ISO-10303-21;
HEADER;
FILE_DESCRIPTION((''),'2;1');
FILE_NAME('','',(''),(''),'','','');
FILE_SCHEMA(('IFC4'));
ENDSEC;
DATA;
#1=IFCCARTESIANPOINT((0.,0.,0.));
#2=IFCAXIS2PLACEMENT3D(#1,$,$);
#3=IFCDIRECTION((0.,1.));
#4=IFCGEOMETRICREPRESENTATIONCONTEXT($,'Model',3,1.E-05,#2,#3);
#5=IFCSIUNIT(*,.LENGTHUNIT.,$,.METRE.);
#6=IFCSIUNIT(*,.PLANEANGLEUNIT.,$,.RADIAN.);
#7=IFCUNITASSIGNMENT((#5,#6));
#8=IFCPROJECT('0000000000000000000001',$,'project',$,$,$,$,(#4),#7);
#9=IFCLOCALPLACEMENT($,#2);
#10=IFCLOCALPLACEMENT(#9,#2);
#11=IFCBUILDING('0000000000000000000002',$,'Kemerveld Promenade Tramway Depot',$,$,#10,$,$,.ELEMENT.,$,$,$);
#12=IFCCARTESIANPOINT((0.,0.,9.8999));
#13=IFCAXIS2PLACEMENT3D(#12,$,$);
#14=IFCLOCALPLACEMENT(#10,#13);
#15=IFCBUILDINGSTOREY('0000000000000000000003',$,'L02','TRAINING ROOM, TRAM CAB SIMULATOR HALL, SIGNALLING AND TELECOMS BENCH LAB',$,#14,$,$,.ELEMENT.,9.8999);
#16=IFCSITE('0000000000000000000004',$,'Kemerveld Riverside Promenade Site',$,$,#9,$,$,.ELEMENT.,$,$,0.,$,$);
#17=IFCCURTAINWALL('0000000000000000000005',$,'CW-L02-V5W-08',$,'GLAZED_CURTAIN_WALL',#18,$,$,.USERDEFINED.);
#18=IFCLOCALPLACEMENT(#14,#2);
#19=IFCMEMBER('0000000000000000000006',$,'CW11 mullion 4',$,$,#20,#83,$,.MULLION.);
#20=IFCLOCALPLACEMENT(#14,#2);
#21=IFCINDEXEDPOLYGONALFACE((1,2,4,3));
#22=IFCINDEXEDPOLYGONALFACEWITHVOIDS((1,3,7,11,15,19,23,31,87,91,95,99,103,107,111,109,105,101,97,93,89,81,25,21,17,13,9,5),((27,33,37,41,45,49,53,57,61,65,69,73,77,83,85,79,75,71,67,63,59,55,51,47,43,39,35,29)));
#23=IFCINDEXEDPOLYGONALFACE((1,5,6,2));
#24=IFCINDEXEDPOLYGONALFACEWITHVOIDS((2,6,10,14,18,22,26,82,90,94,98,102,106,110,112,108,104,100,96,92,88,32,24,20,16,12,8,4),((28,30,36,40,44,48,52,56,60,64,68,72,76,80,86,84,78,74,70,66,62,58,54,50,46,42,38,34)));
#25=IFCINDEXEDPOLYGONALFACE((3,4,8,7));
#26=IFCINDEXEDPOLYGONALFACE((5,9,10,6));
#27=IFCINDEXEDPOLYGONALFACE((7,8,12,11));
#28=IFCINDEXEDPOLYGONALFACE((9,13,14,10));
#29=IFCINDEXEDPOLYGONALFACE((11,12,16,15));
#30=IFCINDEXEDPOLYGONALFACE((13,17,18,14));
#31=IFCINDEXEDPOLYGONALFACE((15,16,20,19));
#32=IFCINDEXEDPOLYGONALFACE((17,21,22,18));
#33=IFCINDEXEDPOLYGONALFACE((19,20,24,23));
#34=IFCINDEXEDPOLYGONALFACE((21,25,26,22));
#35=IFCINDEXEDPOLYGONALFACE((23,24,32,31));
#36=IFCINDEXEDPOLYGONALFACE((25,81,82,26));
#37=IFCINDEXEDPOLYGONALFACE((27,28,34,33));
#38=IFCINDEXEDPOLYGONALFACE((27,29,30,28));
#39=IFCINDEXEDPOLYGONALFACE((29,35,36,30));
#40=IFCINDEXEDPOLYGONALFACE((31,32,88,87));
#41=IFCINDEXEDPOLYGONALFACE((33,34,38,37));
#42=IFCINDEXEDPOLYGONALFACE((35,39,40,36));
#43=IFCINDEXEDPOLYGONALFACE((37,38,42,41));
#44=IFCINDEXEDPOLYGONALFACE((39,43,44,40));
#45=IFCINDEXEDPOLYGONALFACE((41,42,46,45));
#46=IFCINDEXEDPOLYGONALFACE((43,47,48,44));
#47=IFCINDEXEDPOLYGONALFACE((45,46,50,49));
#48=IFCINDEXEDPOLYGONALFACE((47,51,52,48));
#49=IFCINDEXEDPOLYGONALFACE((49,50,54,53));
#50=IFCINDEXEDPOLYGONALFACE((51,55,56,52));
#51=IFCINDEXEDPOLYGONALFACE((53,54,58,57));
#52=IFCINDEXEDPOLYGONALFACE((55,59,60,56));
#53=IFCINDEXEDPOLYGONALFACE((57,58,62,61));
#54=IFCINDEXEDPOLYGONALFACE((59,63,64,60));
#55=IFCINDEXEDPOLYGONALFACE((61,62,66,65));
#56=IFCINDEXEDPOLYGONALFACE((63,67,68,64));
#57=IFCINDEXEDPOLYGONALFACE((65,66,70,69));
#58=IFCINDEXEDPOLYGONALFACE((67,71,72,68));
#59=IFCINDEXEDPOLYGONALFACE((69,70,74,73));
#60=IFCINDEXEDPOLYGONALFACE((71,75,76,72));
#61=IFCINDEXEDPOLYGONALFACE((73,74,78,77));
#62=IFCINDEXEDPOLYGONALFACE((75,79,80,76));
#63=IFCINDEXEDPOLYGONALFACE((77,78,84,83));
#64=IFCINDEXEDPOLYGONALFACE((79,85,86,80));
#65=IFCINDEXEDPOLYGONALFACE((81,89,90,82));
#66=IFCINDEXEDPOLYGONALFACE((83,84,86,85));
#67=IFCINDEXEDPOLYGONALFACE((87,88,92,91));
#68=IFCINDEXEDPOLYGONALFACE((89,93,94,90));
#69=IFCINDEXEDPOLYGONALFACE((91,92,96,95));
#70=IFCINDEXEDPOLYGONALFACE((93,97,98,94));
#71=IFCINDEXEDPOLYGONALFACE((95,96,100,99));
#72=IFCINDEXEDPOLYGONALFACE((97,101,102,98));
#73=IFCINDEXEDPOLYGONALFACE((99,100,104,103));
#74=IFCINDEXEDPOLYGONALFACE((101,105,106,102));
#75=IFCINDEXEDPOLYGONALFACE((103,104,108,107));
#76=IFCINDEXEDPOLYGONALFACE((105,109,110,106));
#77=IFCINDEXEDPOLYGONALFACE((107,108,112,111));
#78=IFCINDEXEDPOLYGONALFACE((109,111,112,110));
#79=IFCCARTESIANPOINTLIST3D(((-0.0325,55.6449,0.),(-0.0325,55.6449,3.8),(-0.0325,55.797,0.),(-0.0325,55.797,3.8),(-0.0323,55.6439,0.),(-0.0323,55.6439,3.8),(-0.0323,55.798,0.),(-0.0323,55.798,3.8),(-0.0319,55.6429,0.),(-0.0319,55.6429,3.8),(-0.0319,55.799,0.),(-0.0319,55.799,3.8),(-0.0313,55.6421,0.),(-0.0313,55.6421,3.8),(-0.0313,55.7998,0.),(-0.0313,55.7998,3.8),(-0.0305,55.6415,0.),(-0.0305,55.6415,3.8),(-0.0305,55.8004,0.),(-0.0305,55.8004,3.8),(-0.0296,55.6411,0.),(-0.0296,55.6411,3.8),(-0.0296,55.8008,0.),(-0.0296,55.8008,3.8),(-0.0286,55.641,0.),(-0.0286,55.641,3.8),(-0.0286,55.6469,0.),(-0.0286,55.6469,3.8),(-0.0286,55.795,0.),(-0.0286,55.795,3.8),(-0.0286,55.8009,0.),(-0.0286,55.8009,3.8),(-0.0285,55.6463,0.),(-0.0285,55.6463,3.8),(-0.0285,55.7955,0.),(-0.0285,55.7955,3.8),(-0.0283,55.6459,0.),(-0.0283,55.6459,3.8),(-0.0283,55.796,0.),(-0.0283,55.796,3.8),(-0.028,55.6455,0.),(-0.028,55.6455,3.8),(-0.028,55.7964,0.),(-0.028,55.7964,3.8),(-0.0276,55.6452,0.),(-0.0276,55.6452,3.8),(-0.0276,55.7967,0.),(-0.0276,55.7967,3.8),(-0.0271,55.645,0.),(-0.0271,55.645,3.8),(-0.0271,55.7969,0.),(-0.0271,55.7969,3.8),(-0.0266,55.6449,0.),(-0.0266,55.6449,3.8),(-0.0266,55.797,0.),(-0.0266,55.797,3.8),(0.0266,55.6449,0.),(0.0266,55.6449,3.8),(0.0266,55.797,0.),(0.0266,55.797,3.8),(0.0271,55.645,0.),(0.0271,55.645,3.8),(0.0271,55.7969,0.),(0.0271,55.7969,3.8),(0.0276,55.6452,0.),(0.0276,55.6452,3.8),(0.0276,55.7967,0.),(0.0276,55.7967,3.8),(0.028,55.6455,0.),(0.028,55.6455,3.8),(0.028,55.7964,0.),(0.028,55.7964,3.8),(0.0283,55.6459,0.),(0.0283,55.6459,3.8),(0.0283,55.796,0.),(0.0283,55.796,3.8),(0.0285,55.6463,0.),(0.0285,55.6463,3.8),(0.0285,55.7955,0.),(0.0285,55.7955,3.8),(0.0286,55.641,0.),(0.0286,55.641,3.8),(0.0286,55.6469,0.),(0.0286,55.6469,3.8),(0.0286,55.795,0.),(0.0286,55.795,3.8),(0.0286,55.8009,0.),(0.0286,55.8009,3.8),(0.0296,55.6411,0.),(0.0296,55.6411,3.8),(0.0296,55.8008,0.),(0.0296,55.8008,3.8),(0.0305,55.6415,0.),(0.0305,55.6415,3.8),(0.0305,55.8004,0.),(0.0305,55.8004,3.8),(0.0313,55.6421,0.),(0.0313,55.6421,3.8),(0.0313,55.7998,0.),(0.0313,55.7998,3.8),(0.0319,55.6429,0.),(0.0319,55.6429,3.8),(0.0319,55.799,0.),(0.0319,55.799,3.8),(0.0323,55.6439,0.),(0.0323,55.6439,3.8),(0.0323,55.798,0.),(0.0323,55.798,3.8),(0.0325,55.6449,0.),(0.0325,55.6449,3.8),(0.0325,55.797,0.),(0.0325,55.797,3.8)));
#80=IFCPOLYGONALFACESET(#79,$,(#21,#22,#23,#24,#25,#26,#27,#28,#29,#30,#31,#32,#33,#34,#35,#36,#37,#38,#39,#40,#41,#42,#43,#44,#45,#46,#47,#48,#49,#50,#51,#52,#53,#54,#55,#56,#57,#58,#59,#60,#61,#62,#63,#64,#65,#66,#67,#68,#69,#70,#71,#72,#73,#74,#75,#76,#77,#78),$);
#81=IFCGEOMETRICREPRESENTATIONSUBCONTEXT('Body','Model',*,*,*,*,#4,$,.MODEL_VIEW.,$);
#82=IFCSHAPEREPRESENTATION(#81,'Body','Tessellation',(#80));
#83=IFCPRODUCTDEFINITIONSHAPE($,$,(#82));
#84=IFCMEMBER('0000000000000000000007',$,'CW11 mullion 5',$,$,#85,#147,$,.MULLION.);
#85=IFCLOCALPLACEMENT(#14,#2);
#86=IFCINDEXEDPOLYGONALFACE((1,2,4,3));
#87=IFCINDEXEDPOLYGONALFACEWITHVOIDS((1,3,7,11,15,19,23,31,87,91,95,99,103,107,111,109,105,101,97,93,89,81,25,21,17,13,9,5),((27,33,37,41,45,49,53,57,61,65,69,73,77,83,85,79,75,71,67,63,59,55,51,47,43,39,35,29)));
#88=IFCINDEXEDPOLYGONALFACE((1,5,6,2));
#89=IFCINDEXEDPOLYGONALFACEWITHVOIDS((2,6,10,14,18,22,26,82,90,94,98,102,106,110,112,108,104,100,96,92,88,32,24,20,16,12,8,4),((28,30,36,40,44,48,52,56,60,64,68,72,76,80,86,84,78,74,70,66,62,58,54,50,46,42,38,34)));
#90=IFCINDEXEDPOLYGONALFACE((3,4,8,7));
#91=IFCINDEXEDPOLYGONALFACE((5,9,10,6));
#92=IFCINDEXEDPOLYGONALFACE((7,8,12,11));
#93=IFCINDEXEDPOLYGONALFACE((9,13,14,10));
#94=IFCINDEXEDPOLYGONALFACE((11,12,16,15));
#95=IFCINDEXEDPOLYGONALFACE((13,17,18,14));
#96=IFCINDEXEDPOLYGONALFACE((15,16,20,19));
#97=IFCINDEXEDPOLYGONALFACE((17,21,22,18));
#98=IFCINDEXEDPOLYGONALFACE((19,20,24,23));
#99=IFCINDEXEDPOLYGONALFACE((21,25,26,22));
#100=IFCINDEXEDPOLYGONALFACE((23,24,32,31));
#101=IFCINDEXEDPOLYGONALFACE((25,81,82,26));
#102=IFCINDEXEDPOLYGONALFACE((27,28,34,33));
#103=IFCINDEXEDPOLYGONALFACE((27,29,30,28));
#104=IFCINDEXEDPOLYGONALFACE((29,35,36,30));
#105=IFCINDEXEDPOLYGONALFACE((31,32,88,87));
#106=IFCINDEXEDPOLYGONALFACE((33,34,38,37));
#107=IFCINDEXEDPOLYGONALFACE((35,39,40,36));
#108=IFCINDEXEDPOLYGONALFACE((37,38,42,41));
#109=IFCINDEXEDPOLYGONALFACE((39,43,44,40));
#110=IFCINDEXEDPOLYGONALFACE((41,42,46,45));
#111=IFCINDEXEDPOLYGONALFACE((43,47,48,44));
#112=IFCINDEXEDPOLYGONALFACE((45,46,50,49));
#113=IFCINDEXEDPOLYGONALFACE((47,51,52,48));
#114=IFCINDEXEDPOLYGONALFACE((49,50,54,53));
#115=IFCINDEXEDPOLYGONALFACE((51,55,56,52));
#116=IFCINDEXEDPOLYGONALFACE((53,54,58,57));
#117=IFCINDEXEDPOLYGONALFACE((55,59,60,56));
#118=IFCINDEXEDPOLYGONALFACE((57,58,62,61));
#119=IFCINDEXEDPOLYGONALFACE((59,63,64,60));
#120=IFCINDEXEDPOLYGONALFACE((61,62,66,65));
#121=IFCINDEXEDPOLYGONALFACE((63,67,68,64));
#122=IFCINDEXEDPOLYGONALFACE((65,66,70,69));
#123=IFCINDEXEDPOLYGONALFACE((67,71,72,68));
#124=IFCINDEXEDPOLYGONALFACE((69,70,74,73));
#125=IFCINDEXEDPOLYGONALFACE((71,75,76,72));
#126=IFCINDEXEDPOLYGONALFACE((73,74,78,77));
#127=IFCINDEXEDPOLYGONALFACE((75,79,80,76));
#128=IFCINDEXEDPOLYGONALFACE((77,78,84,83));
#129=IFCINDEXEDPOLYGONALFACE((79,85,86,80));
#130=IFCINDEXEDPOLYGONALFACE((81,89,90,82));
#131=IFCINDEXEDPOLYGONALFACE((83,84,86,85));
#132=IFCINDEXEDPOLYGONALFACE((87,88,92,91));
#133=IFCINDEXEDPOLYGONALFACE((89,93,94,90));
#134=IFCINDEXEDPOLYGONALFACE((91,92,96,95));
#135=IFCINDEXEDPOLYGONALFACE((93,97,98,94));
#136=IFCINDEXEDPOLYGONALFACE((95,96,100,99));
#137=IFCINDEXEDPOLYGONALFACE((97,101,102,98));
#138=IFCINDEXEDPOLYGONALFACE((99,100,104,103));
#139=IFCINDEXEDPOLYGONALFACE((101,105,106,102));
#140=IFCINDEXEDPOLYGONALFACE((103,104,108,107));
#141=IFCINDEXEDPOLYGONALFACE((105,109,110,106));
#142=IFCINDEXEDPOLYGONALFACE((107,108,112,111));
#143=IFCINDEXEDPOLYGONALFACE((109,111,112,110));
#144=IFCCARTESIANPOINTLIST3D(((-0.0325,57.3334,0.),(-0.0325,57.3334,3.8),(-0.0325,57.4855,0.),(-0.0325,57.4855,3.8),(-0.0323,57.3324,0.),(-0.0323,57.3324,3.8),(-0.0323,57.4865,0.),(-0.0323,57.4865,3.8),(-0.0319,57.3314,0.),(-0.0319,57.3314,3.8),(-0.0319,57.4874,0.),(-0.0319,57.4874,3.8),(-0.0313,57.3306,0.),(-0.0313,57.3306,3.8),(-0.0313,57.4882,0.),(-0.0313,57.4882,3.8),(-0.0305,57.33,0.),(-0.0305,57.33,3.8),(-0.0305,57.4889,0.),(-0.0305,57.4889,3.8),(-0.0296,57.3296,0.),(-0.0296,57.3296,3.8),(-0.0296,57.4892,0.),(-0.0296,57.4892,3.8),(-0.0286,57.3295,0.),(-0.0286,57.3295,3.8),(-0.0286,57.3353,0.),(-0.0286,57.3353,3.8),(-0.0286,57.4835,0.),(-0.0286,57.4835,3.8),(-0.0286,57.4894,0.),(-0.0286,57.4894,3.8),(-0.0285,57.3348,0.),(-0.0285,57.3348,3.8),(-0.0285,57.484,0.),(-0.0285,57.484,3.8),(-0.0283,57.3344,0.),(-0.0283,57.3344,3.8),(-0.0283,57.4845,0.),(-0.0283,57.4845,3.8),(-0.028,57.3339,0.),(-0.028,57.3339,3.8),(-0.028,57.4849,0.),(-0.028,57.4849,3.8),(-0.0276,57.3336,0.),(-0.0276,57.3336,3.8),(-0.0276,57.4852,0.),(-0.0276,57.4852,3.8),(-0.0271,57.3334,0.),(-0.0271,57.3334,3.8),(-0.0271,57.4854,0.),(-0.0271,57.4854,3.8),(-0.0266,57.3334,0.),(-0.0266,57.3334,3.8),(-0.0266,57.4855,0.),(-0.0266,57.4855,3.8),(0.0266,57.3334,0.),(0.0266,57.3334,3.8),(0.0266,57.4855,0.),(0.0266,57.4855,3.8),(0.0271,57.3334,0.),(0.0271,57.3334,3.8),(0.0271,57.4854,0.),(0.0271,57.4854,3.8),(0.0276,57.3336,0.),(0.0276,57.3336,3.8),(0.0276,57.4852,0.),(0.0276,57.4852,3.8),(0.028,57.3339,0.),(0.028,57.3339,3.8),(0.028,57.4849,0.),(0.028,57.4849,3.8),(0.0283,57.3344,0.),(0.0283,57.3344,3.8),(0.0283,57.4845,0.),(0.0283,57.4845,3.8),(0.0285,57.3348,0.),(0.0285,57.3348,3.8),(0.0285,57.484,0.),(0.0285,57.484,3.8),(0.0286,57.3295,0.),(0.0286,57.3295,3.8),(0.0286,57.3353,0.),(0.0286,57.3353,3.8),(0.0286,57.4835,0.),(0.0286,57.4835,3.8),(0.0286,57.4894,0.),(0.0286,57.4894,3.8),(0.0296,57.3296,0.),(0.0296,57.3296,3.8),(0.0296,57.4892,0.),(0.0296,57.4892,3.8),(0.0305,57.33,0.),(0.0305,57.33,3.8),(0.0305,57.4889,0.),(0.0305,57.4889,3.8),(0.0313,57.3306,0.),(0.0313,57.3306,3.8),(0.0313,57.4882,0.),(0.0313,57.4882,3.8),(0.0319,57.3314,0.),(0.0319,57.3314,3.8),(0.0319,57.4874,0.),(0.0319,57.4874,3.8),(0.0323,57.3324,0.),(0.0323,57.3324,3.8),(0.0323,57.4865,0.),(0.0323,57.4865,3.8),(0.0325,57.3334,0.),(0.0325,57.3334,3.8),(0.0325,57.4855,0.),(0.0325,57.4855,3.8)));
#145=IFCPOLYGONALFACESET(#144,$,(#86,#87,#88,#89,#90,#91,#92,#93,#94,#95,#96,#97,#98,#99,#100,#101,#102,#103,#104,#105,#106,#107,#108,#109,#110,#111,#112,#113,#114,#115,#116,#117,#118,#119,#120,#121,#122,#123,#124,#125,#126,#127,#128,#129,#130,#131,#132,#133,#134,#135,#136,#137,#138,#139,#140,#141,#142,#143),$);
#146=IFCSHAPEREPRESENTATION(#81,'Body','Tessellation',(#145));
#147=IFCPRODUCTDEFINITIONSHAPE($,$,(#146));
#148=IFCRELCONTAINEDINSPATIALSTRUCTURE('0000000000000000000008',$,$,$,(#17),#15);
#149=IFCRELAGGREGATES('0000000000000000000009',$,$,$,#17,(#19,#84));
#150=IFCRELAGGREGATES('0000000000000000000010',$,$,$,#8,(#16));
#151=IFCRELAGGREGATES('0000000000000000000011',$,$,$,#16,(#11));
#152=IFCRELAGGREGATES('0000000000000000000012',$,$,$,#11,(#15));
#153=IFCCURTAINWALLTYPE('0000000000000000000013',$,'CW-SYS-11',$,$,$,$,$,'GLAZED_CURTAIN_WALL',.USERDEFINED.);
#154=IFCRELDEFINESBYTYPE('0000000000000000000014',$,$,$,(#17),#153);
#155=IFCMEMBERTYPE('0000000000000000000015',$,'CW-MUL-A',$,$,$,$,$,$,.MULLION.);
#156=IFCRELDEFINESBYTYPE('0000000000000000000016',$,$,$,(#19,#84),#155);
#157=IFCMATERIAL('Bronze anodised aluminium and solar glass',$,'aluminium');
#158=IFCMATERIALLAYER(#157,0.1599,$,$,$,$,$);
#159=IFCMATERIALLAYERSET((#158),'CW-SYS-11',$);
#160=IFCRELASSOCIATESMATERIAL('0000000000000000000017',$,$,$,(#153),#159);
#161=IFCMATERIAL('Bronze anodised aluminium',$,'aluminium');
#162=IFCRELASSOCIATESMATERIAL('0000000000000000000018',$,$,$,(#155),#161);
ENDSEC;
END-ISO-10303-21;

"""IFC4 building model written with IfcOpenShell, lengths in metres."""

from ifc_helpers import new_model, si_unit, direction, frame, origin, origin_2d, place, context, subcontext, project, spatial, hollow_rectangle, extrude, material, layer, layer_set, material_profile, profile_set, type_object, element, aggregate, save


model = new_model("IFC4")

# Units and contexts
model_context = context("Model", 3, precision=1e-05, world=origin(), true_north=direction((0.0, 1.0)))
body_context = subcontext(model_context, "Body", "Model", "MODEL_VIEW")
ifc_project = project(units=[si_unit("LENGTHUNIT", "METRE"), si_unit("PLANEANGLEUNIT", "RADIAN")], contexts=[model_context])

# Site, building, storey
site_placement = place(None, origin())
site = spatial("IfcSite", under=ifc_project, at=site_placement, Name="Kemerveld Riverside Promenade Site", CompositionType="ELEMENT", RefElevation=0.0)
building_placement = place(site_placement, origin())
building = spatial("IfcBuilding", under=site, at=building_placement, Name="Kemerveld Promenade Tramway Depot", CompositionType="ELEMENT")
storey_placement = place(building_placement, frame((0.0, 0.0, 9.8999)))
storey = spatial("IfcBuildingStorey", under=building, at=storey_placement, Name="L02", Description="TRAINING ROOM, TRAM CAB SIMULATOR HALL, SIGNALLING AND TELECOMS BENCH LAB", CompositionType="ELEMENT", Elevation=9.8999)

# Curtain wall, members
ifc_material_1 = material(Name="Bronze anodised aluminium and solar glass", Category="aluminium")
ifc_layer_1 = layer(ifc_material_1, 0.1599)
ifc_layer_set_1 = layer_set([ifc_layer_1], Name="CW-SYS-11")
curtain_wall_type = type_object("IfcCurtainWallType", Name="CW-SYS-11", ElementType="GLAZED_CURTAIN_WALL", PredefinedType="USERDEFINED", material=ifc_layer_set_1)
curtain_wall_placement = place(storey_placement, origin())
curtain_wall = element("IfcCurtainWall", 1, at=curtain_wall_placement, inside=storey, type_object=curtain_wall_type, Name="CW-L02-V5W-08", ObjectType="GLAZED_CURTAIN_WALL", PredefinedType="USERDEFINED")
ifc_material_2 = material(Name="Bronze anodised aluminium", Category="aluminium")
ifc_material_profile_1 = material_profile(ifc_material_2, hollow_rectangle(XDim=0.0649, YDim=0.1599, WallThickness=0.0039, InnerFilletRadius=0.002, OuterFilletRadius=0.0039, at=origin_2d()), Name="CW-MUL-160x65")
ifc_profile_set_1 = profile_set([ifc_material_profile_1], Name="Bronze anodised aluminium")
member_type_1 = type_object("IfcMemberType", Name="CW-MUL-A", PredefinedType="MULLION", material=ifc_profile_set_1)
member_1_placement = place(storey_placement, frame((0.0, 55.7209, 0.0), z_axis=(0.0, 0.0, 1.0), x_axis=(-1.0, 0.0, 0.0)))
member_1 = element("IfcMember", 2, at=member_1_placement, type_object=member_type_1, Name="CW11 mullion 4", PredefinedType="MULLION", context=body_context, shape_type="SweptSolid", body=[
    extrude(hollow_rectangle(XDim=0.0649, YDim=0.1599, WallThickness=0.0039, InnerFilletRadius=0.002, OuterFilletRadius=0.0039, at=origin_2d()), origin(), (0.0, 0.0, 1.0), 3.8),
])
member_2_placement = place(storey_placement, frame((0.0, 57.4094, 0.0), z_axis=(0.0, 0.0, 1.0), x_axis=(-1.0, 0.0, 0.0)))
member_2 = element("IfcMember", 3, at=member_2_placement, type_object=member_type_1, Name="CW11 mullion 5", PredefinedType="MULLION", context=body_context, shape_type="SweptSolid", body=[
    extrude(hollow_rectangle(XDim=0.0649, YDim=0.1599, WallThickness=0.0039, InnerFilletRadius=0.002, OuterFilletRadius=0.0039, at=origin_2d()), origin(), (0.0, 0.0, 1.0), 3.8),
])
aggregate(curtain_wall, [member_1, member_2])

save(model, "model.ifc")
